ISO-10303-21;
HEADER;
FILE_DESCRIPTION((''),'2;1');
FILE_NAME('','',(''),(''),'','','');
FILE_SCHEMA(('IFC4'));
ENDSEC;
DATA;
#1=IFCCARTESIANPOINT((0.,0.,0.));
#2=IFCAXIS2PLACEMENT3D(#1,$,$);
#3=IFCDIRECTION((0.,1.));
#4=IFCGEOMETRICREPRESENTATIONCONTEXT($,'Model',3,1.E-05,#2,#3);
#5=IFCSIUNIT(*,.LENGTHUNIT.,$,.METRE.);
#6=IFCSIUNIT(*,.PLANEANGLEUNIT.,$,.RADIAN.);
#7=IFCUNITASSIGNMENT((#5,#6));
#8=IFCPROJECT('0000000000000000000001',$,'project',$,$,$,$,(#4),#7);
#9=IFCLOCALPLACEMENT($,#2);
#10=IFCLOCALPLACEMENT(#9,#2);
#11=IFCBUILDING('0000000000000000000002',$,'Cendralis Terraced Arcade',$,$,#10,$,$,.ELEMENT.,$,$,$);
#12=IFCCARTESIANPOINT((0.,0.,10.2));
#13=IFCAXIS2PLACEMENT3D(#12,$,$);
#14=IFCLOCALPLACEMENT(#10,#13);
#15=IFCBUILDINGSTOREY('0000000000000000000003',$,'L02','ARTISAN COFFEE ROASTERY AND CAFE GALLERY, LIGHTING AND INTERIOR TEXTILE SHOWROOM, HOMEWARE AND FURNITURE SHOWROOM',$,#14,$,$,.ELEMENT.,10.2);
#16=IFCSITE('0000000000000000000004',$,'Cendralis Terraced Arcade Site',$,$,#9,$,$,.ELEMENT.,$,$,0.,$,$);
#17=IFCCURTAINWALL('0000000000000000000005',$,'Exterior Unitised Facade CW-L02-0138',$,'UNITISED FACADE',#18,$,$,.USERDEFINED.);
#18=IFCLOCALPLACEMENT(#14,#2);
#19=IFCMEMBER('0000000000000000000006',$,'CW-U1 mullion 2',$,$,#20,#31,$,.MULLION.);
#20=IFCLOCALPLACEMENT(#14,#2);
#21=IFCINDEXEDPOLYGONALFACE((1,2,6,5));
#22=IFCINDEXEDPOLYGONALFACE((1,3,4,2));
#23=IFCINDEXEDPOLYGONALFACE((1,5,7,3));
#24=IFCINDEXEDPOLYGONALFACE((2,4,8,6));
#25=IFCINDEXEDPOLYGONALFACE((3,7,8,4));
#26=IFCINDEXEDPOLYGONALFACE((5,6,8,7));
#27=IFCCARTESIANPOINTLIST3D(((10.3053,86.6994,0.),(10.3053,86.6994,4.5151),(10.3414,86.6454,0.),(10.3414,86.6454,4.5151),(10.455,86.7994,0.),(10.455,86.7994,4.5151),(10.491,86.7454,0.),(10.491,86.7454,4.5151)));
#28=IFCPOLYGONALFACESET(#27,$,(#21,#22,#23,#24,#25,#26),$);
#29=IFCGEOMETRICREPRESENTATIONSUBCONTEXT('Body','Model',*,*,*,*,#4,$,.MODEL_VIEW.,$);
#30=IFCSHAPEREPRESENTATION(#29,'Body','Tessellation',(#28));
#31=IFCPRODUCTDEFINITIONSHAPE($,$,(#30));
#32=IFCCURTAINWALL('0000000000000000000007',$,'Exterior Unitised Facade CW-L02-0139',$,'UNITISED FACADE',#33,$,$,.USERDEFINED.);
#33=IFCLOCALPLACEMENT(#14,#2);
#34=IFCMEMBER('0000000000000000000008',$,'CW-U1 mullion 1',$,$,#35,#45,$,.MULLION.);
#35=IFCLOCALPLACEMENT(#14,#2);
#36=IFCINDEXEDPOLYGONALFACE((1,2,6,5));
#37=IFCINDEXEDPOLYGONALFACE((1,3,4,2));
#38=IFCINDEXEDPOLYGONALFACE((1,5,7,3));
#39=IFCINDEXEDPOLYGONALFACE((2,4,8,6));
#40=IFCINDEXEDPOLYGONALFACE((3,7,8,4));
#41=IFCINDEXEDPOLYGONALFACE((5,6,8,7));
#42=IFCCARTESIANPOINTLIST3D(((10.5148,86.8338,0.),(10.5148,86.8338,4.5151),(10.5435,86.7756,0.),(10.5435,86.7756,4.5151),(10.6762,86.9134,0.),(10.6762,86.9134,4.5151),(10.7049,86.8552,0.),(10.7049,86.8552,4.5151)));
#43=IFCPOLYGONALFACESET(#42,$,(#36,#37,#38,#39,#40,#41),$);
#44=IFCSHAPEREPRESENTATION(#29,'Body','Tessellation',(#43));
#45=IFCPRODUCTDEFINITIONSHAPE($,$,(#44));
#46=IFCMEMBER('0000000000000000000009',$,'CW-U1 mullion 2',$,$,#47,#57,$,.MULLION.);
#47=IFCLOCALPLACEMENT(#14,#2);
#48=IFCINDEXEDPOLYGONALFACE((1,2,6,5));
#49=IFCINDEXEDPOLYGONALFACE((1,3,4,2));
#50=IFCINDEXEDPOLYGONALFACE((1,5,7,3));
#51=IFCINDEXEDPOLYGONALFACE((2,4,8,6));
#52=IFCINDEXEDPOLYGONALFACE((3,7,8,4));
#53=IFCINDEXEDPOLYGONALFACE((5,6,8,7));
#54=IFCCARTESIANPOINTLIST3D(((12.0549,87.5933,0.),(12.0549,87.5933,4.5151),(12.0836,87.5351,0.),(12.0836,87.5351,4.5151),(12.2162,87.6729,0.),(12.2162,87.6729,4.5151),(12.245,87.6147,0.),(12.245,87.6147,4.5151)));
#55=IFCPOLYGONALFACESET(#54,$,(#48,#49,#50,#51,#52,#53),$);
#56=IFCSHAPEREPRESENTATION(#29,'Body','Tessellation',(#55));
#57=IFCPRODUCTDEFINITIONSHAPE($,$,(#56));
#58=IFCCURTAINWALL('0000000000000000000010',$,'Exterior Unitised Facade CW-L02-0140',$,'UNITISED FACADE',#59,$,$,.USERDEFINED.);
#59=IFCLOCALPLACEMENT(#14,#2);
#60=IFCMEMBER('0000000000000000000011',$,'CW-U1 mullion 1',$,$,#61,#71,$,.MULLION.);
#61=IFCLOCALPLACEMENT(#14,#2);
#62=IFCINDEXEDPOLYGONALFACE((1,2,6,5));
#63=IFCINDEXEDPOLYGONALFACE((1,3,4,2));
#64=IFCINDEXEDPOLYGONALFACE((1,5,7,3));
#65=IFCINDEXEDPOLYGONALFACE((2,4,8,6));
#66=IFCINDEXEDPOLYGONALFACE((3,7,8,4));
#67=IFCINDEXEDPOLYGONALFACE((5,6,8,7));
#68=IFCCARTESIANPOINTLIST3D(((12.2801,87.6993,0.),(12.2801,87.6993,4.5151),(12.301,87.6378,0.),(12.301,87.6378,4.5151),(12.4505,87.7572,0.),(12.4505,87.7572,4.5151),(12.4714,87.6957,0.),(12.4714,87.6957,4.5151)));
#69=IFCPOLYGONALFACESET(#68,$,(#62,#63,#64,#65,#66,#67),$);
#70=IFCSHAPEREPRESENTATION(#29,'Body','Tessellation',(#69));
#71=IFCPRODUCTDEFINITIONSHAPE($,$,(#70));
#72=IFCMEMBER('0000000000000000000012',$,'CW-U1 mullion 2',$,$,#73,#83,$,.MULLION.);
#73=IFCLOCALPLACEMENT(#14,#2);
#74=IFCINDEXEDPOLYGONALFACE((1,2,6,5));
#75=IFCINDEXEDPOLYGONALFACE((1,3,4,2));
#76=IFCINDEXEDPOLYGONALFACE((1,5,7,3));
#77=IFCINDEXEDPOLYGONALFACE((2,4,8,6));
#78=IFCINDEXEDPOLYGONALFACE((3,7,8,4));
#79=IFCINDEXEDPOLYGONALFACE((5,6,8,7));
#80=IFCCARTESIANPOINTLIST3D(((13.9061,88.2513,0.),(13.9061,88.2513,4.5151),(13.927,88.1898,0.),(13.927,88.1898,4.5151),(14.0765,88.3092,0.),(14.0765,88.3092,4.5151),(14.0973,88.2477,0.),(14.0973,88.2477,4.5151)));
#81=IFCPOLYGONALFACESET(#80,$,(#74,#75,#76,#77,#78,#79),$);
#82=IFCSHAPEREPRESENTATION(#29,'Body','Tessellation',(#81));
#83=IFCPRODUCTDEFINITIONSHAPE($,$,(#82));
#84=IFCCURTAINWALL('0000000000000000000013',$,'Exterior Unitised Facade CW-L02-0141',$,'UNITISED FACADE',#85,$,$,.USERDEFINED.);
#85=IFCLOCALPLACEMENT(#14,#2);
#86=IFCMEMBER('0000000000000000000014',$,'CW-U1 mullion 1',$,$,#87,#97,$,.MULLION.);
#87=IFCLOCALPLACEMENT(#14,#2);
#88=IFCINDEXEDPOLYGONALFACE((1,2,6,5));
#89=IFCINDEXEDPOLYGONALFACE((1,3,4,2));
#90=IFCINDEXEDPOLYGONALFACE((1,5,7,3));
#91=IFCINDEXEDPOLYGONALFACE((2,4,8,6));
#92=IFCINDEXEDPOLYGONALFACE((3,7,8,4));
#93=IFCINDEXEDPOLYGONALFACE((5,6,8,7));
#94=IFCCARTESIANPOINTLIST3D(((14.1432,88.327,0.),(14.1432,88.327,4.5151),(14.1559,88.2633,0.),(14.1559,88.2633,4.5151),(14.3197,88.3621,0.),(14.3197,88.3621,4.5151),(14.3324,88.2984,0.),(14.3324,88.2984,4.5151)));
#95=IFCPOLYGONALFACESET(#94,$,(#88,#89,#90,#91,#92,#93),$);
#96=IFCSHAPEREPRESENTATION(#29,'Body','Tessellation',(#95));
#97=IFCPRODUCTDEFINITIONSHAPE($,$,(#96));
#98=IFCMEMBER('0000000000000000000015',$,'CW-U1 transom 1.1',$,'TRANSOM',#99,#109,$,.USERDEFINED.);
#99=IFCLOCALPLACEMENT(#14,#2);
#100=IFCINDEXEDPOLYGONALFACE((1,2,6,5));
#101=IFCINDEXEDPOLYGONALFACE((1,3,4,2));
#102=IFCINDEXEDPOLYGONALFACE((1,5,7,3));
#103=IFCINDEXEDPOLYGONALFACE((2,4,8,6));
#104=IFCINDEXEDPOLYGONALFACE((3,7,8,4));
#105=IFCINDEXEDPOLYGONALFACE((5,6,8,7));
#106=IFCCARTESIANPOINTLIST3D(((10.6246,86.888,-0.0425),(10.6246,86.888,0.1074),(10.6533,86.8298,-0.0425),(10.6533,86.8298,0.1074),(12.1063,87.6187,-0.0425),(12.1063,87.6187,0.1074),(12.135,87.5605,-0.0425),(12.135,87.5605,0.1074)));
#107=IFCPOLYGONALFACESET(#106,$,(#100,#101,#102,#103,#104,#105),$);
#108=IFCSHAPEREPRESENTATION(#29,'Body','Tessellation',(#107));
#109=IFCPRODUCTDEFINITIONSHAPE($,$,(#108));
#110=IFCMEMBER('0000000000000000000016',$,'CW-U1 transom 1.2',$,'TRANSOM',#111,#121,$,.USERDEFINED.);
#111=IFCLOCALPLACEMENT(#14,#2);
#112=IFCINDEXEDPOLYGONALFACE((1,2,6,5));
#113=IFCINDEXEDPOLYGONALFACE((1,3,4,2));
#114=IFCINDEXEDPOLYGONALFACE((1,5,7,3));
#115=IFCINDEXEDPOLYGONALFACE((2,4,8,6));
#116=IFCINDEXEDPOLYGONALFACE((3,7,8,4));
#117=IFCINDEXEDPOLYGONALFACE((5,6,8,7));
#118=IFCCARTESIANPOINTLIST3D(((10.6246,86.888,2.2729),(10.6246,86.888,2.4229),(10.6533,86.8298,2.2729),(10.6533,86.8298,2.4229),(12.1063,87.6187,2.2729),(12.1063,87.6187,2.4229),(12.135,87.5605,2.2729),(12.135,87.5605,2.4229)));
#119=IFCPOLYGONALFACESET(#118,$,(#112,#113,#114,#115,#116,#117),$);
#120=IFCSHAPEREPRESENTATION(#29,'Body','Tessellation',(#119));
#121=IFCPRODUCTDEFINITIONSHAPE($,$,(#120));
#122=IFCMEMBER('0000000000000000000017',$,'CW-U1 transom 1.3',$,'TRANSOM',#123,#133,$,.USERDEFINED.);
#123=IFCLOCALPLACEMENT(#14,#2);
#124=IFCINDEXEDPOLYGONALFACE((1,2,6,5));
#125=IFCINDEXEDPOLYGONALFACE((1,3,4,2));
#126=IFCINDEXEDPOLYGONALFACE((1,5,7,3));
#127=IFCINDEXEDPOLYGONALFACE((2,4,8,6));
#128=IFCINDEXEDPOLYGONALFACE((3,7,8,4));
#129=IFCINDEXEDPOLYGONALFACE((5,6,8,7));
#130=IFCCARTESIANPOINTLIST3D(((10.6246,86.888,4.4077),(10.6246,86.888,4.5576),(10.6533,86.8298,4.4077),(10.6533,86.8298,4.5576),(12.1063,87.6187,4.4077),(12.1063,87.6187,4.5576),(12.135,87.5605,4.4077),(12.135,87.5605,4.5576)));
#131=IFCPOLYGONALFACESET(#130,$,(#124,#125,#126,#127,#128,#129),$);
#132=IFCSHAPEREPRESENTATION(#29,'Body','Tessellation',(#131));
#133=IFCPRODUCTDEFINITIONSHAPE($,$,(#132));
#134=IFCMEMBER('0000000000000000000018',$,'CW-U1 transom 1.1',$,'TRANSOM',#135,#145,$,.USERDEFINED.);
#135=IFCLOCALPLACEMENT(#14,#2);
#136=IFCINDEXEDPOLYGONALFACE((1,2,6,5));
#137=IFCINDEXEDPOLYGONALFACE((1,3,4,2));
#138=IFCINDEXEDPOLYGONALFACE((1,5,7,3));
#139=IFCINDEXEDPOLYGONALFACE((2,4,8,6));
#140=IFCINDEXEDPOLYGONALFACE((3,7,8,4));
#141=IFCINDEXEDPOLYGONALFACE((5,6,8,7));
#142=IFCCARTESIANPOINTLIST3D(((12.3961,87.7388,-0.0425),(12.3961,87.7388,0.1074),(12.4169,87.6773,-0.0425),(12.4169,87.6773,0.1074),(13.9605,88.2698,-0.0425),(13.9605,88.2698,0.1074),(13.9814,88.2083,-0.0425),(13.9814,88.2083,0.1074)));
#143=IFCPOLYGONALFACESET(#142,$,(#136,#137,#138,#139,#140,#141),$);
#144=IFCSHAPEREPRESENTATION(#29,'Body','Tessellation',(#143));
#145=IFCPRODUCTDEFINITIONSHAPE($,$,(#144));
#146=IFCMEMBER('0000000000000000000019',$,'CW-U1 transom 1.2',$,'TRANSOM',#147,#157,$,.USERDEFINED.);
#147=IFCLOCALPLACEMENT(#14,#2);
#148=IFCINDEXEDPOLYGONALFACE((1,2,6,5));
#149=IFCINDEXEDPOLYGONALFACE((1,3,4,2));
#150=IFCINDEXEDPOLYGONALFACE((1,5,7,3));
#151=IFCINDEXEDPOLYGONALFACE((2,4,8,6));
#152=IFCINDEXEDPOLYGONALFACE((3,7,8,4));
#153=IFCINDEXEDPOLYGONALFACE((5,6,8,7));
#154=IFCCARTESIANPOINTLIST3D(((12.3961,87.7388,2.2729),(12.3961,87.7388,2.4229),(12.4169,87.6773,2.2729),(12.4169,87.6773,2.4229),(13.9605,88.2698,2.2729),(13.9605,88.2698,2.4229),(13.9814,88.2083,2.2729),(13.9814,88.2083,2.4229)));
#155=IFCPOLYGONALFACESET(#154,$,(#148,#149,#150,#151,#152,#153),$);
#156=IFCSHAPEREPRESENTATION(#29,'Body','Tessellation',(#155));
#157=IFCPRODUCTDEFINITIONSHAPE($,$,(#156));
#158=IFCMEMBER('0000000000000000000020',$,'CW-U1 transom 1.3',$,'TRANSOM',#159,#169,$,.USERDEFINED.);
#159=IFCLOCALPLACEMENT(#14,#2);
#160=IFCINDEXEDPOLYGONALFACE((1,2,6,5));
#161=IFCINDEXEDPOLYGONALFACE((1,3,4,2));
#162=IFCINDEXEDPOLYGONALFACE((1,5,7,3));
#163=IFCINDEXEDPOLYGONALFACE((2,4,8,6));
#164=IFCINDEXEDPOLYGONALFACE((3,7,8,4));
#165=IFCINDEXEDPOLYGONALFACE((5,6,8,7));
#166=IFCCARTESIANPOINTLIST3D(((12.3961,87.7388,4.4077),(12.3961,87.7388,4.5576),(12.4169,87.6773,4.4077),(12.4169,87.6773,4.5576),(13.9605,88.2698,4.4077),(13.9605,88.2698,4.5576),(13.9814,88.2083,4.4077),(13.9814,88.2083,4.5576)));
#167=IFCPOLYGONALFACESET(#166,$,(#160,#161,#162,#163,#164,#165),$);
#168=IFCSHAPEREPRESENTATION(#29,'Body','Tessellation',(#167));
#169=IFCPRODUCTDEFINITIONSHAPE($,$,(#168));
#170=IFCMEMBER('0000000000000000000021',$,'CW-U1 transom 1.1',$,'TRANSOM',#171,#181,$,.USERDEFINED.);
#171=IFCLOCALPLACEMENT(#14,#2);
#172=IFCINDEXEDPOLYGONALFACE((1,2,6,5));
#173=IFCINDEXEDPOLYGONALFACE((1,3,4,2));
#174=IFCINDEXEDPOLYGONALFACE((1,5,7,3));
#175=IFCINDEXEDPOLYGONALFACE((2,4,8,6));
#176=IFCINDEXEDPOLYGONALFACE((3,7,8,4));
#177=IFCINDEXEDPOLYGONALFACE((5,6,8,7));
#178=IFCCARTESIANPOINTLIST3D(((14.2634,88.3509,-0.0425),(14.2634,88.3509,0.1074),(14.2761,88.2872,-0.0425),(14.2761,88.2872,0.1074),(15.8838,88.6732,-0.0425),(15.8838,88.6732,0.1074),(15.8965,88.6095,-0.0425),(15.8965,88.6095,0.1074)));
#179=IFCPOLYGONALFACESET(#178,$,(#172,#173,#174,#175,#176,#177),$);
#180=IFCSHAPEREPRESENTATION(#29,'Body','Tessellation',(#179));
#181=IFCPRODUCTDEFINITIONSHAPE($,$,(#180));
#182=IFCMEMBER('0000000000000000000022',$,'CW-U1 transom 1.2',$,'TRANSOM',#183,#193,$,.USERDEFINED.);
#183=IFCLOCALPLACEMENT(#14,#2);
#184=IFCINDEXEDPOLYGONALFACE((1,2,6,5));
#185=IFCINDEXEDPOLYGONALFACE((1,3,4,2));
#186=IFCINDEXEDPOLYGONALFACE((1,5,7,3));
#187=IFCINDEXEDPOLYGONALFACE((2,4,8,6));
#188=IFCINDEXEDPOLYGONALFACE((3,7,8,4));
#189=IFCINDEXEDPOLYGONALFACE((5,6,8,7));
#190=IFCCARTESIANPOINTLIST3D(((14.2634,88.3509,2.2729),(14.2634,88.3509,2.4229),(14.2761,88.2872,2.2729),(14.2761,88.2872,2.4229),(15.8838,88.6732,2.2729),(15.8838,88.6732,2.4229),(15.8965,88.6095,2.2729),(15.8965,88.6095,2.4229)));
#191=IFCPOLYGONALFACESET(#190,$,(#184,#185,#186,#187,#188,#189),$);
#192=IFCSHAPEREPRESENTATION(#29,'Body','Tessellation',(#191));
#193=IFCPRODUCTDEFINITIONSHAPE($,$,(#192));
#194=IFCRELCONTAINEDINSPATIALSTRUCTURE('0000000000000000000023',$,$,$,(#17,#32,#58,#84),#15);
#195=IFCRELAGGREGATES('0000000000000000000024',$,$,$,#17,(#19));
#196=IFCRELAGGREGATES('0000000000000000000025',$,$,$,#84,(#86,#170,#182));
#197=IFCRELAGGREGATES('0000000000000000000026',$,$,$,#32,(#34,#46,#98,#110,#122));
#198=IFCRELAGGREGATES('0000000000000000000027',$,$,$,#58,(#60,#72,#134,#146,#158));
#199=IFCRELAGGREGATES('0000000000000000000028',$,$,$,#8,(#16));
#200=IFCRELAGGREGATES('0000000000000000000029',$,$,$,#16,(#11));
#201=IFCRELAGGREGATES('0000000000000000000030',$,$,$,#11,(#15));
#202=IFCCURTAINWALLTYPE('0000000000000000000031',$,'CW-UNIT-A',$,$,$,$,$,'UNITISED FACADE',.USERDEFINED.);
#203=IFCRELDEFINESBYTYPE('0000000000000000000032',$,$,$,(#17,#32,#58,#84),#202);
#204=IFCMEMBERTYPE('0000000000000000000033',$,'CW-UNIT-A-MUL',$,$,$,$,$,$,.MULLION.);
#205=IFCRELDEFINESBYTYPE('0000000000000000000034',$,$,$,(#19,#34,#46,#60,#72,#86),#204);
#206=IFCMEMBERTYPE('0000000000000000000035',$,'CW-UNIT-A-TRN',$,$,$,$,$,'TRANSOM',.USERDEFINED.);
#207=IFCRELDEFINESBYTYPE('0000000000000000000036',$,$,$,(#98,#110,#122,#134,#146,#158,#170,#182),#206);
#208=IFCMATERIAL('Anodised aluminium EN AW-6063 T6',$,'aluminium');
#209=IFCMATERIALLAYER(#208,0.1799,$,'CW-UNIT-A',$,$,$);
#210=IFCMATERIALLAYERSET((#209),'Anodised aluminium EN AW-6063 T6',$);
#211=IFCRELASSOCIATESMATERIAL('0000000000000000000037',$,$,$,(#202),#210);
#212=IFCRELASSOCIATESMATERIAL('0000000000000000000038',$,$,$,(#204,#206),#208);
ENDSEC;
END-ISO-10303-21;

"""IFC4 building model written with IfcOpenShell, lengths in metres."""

from ifc_helpers import new_model, si_unit, direction, frame, origin, origin_2d, place, context, subcontext, project, spatial, rectangle, extrude, material, layer, layer_set, material_profile, profile_set, type_object, element, aggregate, save


model = new_model("IFC4")

# Units and contexts
model_context = context("Model", 3, precision=1e-05, world=origin(), true_north=direction((0.0, 1.0)))
body_context = subcontext(model_context, "Body", "Model", "MODEL_VIEW")
ifc_project = project(units=[si_unit("LENGTHUNIT", "METRE"), si_unit("PLANEANGLEUNIT", "RADIAN")], contexts=[model_context])

# Site, building, storey
site_placement = place(None, origin())
site = spatial("IfcSite", under=ifc_project, at=site_placement, Name="Cendralis Terraced Arcade Site", CompositionType="ELEMENT", RefElevation=0.0)
building_placement = place(site_placement, origin())
building = spatial("IfcBuilding", under=site, at=building_placement, Name="Cendralis Terraced Arcade", CompositionType="ELEMENT")
storey_placement = place(building_placement, frame((0.0, 0.0, 10.2)))
storey = spatial("IfcBuildingStorey", under=building, at=storey_placement, Name="L02", Description="ARTISAN COFFEE ROASTERY AND CAFE GALLERY, LIGHTING AND INTERIOR TEXTILE SHOWROOM, HOMEWARE AND FURNITURE SHOWROOM", CompositionType="ELEMENT", Elevation=10.2)

# Curtain wall, member
ifc_material_1 = material(Name="Anodised aluminium EN AW-6063 T6", Category="aluminium")
ifc_layer_1 = layer(ifc_material_1, 0.1799, Name="CW-UNIT-A")
ifc_layer_set_1 = layer_set([ifc_layer_1], Name="Anodised aluminium EN AW-6063 T6")
curtain_wall_type = type_object("IfcCurtainWallType", Name="CW-UNIT-A", ElementType="UNITISED FACADE", PredefinedType="USERDEFINED", material=ifc_layer_set_1)
curtain_wall_1_placement = place(storey_placement, origin())
curtain_wall_1 = element("IfcCurtainWall", 1, at=curtain_wall_1_placement, inside=storey, type_object=curtain_wall_type, Name="Exterior Unitised Facade CW-L02-0138", ObjectType="UNITISED FACADE", PredefinedType="USERDEFINED")
ifc_material_profile_1 = material_profile(ifc_material_1, rectangle(XDim=0.0649, YDim=0.1799, at=origin_2d()), Name="ALU-MUL-65x180")
ifc_profile_set_1 = profile_set([ifc_material_profile_1], Name="Anodised aluminium EN AW-6063 T6")
member_type_1 = type_object("IfcMemberType", Name="CW-UNIT-A-MUL", PredefinedType="MULLION", material=ifc_profile_set_1)
member_1_placement = place(storey_placement, frame((10.3982, 86.7224, 0.0), z_axis=(0.0, 0.0, 1.0), x_axis=(-0.555567, 0.831471, 0.0)))
member_1 = element("IfcMember", 2, at=member_1_placement, type_object=member_type_1, Name="CW-U1 mullion 2", PredefinedType="MULLION", context=body_context, shape_type="SweptSolid", body=[
    extrude(rectangle(XDim=0.0649, YDim=0.1799, at=origin_2d()), origin(), (0.0, 0.0, 1.0), 4.5151),
])
aggregate(curtain_wall_1, [member_1])

# Curtain walls, members
curtain_wall_2_placement = place(storey_placement, origin())
curtain_wall_2 = element("IfcCurtainWall", 3, at=curtain_wall_2_placement, inside=storey, type_object=curtain_wall_type, Name="Exterior Unitised Facade CW-L02-0139", ObjectType="UNITISED FACADE", PredefinedType="USERDEFINED")
member_2_placement = place(storey_placement, frame((10.6099, 86.8445, 0.0), z_axis=(0.0, 0.0, 1.0), x_axis=(-0.442291, 0.896871, 0.0)))
member_2 = element("IfcMember", 4, at=member_2_placement, type_object=member_type_1, Name="CW-U1 mullion 1", PredefinedType="MULLION", context=body_context, shape_type="SweptSolid", body=[
    extrude(rectangle(XDim=0.0649, YDim=0.1799, at=origin_2d()), origin(), (0.0, 0.0, 1.0), 4.5151),
])
member_3_placement = place(storey_placement, frame((12.1499, 87.604, 0.0), z_axis=(0.0, 0.0, 1.0), x_axis=(-0.442291, 0.896871, 0.0)))
member_3 = element("IfcMember", 5, at=member_3_placement, type_object=member_type_1, Name="CW-U1 mullion 2", PredefinedType="MULLION", context=body_context, shape_type="SweptSolid", body=[
    extrude(rectangle(XDim=0.0649, YDim=0.1799, at=origin_2d()), origin(), (0.0, 0.0, 1.0), 4.5151),
])
curtain_wall_3_placement = place(storey_placement, origin())
curtain_wall_3 = element("IfcCurtainWall", 6, at=curtain_wall_3_placement, inside=storey, type_object=curtain_wall_type, Name="Exterior Unitised Facade CW-L02-0140", ObjectType="UNITISED FACADE", PredefinedType="USERDEFINED")
member_4_placement = place(storey_placement, frame((12.3757, 87.6975, 0.0), z_axis=(0.0, 0.0, 1.0), x_axis=(-0.321458, 0.946924, 0.0)))
member_4 = element("IfcMember", 7, at=member_4_placement, type_object=member_type_1, Name="CW-U1 mullion 1", PredefinedType="MULLION", context=body_context, shape_type="SweptSolid", body=[
    extrude(rectangle(XDim=0.0649, YDim=0.1799, at=origin_2d()), origin(), (0.0, 0.0, 1.0), 4.5151),
])
member_5_placement = place(storey_placement, frame((14.0017, 88.2495, 0.0), z_axis=(0.0, 0.0, 1.0), x_axis=(-0.321458, 0.946924, 0.0)))
member_5 = element("IfcMember", 8, at=member_5_placement, type_object=member_type_1, Name="CW-U1 mullion 2", PredefinedType="MULLION", context=body_context, shape_type="SweptSolid", body=[
    extrude(rectangle(XDim=0.0649, YDim=0.1799, at=origin_2d()), origin(), (0.0, 0.0, 1.0), 4.5151),
])

# Curtain wall, member
curtain_wall_4_placement = place(storey_placement, origin())
curtain_wall_4 = element("IfcCurtainWall", 9, at=curtain_wall_4_placement, inside=storey, type_object=curtain_wall_type, Name="Exterior Unitised Facade CW-L02-0141", ObjectType="UNITISED FACADE", PredefinedType="USERDEFINED")
member_6_placement = place(storey_placement, frame((14.2378, 88.3127, 0.0), z_axis=(0.0, 0.0, 1.0), x_axis=(-0.195058, 0.980792, 0.0)))
member_6 = element("IfcMember", 10, at=member_6_placement, type_object=member_type_1, Name="CW-U1 mullion 1", PredefinedType="MULLION", context=body_context, shape_type="SweptSolid", body=[
    extrude(rectangle(XDim=0.0649, YDim=0.1799, at=origin_2d()), origin(), (0.0, 0.0, 1.0), 4.5151),
])

# Members
ifc_material_profile_2 = material_profile(ifc_material_1, rectangle(XDim=0.0649, YDim=0.1499, at=origin_2d()), Name="ALU-TRN-65x150")
ifc_profile_set_2 = profile_set([ifc_material_profile_2], Name="Anodised aluminium EN AW-6063 T6")
member_type_2 = type_object("IfcMemberType", Name="CW-UNIT-A-TRN", ElementType="TRANSOM", PredefinedType="USERDEFINED", material=ifc_profile_set_2)
member_7_placement = place(storey_placement, frame((10.6389, 86.8589, 0.0325), z_axis=(0.896867, 0.442301, 0.0), x_axis=(-0.442301, 0.896867, 0.0)))
member_7 = element("IfcMember", 11, at=member_7_placement, type_object=member_type_2, Name="CW-U1 transom 1.1", ObjectType="TRANSOM", PredefinedType="USERDEFINED", context=body_context, shape_type="SweptSolid", body=[
    extrude(rectangle(XDim=0.0649, YDim=0.1499, at=origin_2d()), origin(), (0.0, 0.0, 1.0), 1.6521),
])
member_8_placement = place(storey_placement, frame((10.6389, 86.8589, 2.3479), z_axis=(0.896867, 0.442301, 0.0), x_axis=(-0.442301, 0.896867, 0.0)))
member_8 = element("IfcMember", 12, at=member_8_placement, type_object=member_type_2, Name="CW-U1 transom 1.2", ObjectType="TRANSOM", PredefinedType="USERDEFINED", context=body_context, shape_type="SweptSolid", body=[
    extrude(rectangle(XDim=0.0649, YDim=0.1499, at=origin_2d()), origin(), (0.0, 0.0, 1.0), 1.6521),
])
member_9_placement = place(storey_placement, frame((10.6389, 86.8589, 4.4827), z_axis=(0.896867, 0.442301, 0.0), x_axis=(-0.442301, 0.896867, 0.0)))
member_9 = element("IfcMember", 13, at=member_9_placement, type_object=member_type_2, Name="CW-U1 transom 1.3", ObjectType="TRANSOM", PredefinedType="USERDEFINED", context=body_context, shape_type="SweptSolid", body=[
    extrude(rectangle(XDim=0.0649, YDim=0.1499, at=origin_2d()), origin(), (0.0, 0.0, 1.0), 1.6521),
])
member_10_placement = place(storey_placement, frame((12.4065, 87.708, 0.0325), z_axis=(0.94694, 0.32141, 0.0), x_axis=(-0.32141, 0.94694, 0.0)))
member_10 = element("IfcMember", 14, at=member_10_placement, type_object=member_type_2, Name="CW-U1 transom 1.1", ObjectType="TRANSOM", PredefinedType="USERDEFINED", context=body_context, shape_type="SweptSolid", body=[
    extrude(rectangle(XDim=0.0649, YDim=0.1499, at=origin_2d()), origin(), (0.0, 0.0, 1.0), 1.6521),
])
member_11_placement = place(storey_placement, frame((12.4065, 87.708, 2.3479), z_axis=(0.94694, 0.32141, 0.0), x_axis=(-0.32141, 0.94694, 0.0)))
member_11 = element("IfcMember", 15, at=member_11_placement, type_object=member_type_2, Name="CW-U1 transom 1.2", ObjectType="TRANSOM", PredefinedType="USERDEFINED", context=body_context, shape_type="SweptSolid", body=[
    extrude(rectangle(XDim=0.0649, YDim=0.1499, at=origin_2d()), origin(), (0.0, 0.0, 1.0), 1.6521),
])
member_12_placement = place(storey_placement, frame((12.4065, 87.708, 4.4827), z_axis=(0.94694, 0.32141, 0.0), x_axis=(-0.32141, 0.94694, 0.0)))
member_12 = element("IfcMember", 16, at=member_12_placement, type_object=member_type_2, Name="CW-U1 transom 1.3", ObjectType="TRANSOM", PredefinedType="USERDEFINED", context=body_context, shape_type="SweptSolid", body=[
    extrude(rectangle(XDim=0.0649, YDim=0.1499, at=origin_2d()), origin(), (0.0, 0.0, 1.0), 1.6521),
])
member_13_placement = place(storey_placement, frame((14.2698, 88.3191, 0.0325), z_axis=(0.98079, 0.195065, 0.0), x_axis=(-0.195065, 0.98079, 0.0)))
member_13 = element("IfcMember", 17, at=member_13_placement, type_object=member_type_2, Name="CW-U1 transom 1.1", ObjectType="TRANSOM", PredefinedType="USERDEFINED", context=body_context, shape_type="SweptSolid", body=[
    extrude(rectangle(XDim=0.0649, YDim=0.1499, at=origin_2d()), origin(), (0.0, 0.0, 1.0), 1.6521),
])
member_14_placement = place(storey_placement, frame((14.2698, 88.3191, 2.3479), z_axis=(0.98079, 0.195065, 0.0), x_axis=(-0.195065, 0.98079, 0.0)))
member_14 = element("IfcMember", 18, at=member_14_placement, type_object=member_type_2, Name="CW-U1 transom 1.2", ObjectType="TRANSOM", PredefinedType="USERDEFINED", context=body_context, shape_type="SweptSolid", body=[
    extrude(rectangle(XDim=0.0649, YDim=0.1499, at=origin_2d()), origin(), (0.0, 0.0, 1.0), 1.6521),
])
aggregate(curtain_wall_4, [member_6, member_13, member_14])

aggregate(curtain_wall_2, [member_2, member_3, member_7, member_8, member_9])
aggregate(curtain_wall_3, [member_4, member_5, member_10, member_11, member_12])

save(model, "model.ifc")
